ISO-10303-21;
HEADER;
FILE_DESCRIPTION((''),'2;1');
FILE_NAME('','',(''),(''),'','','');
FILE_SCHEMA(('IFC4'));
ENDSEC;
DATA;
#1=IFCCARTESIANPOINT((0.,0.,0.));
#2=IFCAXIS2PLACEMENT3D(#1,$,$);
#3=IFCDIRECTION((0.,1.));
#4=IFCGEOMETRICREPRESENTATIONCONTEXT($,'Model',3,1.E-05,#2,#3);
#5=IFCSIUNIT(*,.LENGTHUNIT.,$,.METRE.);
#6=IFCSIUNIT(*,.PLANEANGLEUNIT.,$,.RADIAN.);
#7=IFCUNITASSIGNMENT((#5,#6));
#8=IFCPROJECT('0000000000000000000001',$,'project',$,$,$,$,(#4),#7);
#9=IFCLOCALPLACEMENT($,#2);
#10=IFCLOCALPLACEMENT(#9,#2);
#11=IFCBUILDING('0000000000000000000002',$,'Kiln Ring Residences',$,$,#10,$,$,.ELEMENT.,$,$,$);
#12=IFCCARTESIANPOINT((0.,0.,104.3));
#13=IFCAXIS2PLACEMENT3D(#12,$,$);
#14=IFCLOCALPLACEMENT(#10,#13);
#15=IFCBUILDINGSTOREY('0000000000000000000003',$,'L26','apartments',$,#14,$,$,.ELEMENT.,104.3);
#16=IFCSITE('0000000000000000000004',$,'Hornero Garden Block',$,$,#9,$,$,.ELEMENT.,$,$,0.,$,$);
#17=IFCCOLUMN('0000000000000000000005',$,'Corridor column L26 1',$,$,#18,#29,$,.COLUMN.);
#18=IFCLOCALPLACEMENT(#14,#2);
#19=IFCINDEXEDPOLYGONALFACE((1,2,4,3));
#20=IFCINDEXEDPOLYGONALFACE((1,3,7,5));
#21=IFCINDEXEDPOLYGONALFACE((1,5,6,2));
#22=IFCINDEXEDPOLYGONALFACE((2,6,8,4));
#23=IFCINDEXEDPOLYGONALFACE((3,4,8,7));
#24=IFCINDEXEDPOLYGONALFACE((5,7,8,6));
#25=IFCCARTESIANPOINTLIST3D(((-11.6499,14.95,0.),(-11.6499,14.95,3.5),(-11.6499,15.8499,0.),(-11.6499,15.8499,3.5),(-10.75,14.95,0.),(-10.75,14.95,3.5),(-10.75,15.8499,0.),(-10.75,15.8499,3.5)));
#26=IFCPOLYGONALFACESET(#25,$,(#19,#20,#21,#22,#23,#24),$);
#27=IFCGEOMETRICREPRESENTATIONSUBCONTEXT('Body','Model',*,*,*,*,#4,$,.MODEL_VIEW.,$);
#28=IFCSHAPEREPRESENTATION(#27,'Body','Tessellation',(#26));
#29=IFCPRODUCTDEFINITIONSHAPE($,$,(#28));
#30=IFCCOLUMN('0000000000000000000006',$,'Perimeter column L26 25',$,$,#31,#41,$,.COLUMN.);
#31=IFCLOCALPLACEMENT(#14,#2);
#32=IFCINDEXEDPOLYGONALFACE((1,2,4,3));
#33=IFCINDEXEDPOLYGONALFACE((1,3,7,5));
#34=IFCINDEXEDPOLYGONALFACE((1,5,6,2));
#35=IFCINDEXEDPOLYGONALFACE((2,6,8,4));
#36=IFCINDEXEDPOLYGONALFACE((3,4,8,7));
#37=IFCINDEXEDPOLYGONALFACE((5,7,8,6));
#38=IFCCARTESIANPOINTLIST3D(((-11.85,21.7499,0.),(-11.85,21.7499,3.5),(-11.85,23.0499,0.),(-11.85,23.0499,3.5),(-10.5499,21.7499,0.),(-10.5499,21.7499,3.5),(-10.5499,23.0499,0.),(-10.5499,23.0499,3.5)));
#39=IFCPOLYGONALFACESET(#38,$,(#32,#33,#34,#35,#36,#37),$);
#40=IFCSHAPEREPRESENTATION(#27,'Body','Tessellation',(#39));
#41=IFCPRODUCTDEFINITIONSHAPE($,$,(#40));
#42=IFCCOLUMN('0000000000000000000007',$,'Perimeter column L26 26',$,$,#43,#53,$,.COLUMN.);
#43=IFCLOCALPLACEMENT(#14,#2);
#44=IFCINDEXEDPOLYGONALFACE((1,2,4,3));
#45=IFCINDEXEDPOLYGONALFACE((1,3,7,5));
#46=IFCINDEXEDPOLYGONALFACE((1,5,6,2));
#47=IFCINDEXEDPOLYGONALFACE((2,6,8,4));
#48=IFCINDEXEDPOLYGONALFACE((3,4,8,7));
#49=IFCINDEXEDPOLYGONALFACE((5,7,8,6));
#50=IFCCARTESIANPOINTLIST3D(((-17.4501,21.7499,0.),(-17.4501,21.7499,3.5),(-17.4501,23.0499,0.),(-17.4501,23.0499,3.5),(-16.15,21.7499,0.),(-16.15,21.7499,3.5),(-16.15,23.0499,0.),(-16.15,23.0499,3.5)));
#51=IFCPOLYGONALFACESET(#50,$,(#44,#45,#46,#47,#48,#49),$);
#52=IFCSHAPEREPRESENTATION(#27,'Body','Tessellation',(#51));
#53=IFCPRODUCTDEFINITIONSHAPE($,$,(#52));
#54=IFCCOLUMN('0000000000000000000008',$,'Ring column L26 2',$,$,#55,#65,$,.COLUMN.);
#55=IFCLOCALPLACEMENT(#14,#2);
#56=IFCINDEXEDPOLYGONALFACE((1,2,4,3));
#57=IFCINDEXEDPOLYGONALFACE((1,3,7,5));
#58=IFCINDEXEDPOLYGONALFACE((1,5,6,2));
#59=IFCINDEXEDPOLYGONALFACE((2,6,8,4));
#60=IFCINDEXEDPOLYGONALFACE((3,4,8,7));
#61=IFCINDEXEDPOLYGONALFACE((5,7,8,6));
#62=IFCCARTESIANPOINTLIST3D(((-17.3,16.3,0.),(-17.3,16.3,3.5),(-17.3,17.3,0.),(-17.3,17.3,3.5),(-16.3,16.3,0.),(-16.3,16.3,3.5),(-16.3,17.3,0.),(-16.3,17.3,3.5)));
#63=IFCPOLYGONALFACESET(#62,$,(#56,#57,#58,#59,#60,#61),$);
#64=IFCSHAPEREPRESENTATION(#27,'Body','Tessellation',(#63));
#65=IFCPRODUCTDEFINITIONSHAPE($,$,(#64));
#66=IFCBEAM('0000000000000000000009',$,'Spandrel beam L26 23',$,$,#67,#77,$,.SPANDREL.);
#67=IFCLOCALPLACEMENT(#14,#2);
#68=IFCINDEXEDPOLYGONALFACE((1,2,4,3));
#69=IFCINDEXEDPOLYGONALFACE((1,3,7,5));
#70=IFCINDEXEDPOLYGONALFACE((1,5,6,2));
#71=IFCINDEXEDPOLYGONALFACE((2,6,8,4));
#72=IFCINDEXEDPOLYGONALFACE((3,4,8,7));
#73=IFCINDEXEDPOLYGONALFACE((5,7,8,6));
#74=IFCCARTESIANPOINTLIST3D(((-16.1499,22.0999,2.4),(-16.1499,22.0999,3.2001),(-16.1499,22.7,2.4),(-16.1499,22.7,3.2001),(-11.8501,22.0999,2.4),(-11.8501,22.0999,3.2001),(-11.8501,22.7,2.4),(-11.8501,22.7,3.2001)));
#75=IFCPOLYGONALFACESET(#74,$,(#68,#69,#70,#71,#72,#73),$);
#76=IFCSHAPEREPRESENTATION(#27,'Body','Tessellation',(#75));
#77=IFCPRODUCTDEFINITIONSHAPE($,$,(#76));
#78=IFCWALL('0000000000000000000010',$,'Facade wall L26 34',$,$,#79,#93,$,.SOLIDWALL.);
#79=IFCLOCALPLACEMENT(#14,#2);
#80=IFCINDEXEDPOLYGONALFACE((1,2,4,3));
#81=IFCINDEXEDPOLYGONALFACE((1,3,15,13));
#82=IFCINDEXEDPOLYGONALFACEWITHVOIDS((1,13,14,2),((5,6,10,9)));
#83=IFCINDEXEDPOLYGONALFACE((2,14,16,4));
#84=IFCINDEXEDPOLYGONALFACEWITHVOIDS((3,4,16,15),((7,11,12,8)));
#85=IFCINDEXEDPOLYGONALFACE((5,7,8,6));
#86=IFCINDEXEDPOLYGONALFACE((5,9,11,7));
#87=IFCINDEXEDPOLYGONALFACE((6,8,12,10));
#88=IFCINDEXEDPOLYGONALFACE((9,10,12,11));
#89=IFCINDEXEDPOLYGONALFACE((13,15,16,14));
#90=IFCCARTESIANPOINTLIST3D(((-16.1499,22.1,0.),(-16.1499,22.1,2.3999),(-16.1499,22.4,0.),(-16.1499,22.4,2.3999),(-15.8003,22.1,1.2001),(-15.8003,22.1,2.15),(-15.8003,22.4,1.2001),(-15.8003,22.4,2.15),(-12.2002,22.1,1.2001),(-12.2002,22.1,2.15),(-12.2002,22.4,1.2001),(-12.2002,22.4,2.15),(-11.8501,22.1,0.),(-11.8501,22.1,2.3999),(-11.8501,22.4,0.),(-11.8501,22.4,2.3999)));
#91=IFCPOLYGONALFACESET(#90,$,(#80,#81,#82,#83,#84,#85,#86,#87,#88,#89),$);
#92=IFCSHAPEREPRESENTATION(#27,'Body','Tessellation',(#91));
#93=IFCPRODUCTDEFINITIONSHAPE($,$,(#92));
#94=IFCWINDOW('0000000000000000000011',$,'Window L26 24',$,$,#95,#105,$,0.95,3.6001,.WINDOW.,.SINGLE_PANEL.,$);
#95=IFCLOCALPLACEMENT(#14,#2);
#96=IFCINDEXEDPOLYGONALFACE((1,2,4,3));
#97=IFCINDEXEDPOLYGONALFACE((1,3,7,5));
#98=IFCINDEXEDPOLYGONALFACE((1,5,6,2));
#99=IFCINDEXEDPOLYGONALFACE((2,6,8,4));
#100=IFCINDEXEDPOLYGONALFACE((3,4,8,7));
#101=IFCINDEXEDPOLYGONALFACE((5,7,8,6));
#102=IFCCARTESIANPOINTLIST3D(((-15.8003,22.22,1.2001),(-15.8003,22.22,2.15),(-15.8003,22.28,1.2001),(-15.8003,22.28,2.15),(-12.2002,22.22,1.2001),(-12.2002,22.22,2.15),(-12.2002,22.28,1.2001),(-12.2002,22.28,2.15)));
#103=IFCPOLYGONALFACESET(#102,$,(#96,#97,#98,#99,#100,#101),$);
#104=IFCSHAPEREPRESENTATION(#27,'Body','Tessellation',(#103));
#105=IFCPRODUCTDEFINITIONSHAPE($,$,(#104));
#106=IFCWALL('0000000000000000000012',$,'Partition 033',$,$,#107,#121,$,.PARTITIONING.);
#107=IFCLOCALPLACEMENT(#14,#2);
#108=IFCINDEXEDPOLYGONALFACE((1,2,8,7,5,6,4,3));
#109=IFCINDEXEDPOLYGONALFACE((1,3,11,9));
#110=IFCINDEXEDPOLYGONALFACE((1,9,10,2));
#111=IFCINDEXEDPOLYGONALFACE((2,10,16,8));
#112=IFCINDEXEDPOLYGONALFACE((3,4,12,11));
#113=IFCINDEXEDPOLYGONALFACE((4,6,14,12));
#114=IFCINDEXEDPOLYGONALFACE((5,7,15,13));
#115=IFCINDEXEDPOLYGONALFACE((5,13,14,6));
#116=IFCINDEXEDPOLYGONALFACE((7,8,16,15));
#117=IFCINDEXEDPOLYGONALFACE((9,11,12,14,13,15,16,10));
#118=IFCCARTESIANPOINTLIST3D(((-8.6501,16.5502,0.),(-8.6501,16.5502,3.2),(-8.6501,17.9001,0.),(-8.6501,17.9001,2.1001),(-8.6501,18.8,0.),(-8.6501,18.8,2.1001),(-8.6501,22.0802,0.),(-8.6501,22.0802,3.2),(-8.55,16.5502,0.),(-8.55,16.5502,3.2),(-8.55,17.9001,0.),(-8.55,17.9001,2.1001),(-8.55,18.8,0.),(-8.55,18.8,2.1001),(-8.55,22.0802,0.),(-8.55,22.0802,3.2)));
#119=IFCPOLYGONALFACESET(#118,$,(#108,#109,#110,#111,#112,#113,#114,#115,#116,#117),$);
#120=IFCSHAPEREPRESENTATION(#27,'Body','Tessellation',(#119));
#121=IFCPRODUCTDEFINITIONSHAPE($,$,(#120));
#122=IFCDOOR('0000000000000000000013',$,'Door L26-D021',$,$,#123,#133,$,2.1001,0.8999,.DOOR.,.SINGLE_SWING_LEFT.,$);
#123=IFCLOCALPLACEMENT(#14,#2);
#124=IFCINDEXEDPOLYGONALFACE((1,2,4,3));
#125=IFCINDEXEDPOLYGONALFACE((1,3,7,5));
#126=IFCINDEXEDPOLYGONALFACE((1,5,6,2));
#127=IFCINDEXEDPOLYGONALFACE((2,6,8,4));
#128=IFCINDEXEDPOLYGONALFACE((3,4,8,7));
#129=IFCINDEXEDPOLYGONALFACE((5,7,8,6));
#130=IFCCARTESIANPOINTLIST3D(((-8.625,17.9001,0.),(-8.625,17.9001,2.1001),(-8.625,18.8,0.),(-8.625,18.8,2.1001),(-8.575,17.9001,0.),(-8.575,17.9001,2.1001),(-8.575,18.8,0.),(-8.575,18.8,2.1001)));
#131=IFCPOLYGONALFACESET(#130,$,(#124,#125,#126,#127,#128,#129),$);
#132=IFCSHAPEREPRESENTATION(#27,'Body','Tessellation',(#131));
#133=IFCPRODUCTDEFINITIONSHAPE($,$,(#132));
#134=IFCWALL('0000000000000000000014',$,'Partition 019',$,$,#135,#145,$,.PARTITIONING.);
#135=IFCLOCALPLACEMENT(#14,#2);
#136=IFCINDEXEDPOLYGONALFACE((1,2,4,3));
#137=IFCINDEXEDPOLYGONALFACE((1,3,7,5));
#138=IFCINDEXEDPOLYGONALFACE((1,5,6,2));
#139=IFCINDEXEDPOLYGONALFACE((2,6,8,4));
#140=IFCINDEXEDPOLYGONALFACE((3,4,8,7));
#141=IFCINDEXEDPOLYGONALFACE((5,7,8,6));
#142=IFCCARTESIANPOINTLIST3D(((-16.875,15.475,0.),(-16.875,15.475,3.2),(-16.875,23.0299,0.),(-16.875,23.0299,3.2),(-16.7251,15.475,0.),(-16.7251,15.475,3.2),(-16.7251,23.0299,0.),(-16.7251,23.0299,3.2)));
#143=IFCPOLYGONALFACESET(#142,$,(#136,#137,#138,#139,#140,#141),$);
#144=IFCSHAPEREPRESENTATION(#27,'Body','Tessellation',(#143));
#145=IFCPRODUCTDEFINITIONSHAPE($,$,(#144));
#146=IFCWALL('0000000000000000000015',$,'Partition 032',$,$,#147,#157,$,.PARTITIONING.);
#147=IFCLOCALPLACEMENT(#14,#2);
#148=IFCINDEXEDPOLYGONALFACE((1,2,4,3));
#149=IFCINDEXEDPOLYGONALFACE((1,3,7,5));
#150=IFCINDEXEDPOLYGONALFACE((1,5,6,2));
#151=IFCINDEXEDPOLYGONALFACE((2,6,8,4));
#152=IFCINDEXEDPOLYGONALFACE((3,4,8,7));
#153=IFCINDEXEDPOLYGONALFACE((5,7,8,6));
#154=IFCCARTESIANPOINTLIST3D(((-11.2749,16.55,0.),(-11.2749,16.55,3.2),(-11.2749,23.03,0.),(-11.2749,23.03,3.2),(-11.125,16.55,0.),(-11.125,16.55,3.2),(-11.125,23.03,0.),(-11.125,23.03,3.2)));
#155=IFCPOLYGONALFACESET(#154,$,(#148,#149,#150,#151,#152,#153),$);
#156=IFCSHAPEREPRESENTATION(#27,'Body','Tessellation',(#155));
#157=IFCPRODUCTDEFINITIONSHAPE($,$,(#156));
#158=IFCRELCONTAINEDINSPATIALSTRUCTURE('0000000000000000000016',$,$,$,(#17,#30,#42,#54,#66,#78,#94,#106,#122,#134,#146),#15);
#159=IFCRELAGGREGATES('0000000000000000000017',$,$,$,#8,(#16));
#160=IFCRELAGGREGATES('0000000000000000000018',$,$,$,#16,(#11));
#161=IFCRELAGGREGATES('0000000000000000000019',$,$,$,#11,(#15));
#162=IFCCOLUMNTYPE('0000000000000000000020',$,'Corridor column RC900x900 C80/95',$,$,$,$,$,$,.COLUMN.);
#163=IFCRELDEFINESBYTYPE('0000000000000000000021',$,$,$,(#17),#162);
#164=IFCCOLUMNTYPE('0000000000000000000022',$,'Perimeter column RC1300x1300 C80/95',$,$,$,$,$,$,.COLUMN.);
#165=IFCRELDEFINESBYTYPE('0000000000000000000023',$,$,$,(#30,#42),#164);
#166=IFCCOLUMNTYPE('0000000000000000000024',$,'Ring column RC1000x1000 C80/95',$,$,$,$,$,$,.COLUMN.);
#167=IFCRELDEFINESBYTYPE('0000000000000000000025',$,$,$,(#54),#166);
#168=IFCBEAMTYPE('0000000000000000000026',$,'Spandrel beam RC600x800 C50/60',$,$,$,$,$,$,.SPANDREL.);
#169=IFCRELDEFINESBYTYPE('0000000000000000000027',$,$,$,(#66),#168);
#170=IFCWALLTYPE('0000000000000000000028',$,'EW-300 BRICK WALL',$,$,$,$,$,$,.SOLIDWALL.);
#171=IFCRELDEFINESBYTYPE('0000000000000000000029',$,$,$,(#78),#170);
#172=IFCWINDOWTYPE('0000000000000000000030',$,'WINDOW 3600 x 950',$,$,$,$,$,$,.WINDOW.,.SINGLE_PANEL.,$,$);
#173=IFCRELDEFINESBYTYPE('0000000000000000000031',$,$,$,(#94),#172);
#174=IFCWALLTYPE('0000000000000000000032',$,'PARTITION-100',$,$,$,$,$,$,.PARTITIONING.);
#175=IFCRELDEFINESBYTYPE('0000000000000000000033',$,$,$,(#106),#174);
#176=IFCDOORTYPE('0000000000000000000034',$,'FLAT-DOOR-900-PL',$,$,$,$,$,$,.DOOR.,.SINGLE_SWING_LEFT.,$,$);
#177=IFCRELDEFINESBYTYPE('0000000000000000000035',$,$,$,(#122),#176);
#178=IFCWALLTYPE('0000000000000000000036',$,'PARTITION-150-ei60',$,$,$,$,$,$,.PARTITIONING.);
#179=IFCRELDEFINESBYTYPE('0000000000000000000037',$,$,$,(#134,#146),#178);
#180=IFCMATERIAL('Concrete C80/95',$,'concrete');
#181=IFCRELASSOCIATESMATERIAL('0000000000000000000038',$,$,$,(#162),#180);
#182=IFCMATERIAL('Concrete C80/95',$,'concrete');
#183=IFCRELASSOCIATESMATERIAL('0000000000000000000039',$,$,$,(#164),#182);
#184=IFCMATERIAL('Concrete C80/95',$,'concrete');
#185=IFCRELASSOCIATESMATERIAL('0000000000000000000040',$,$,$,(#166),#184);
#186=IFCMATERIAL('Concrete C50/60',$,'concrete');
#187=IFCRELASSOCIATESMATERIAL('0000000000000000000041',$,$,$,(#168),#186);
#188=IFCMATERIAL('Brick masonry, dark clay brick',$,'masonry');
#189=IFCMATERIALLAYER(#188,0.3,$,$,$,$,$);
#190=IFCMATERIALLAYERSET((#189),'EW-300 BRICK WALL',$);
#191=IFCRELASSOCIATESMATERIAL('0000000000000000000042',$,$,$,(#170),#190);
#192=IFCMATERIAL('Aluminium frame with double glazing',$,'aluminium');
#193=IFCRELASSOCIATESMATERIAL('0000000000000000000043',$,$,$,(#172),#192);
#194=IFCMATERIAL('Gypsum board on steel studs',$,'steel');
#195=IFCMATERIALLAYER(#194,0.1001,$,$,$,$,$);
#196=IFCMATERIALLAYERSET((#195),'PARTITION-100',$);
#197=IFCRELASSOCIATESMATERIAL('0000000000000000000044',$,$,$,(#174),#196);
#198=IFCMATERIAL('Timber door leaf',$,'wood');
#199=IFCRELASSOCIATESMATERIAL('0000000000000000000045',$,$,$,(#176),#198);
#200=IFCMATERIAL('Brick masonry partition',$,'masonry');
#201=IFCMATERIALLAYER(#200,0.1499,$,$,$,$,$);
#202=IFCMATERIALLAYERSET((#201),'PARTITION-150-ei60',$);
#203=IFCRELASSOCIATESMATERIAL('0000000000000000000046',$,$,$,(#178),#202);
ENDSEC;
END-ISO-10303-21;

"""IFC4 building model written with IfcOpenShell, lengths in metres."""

from ifc_helpers import new_model, si_unit, direction, frame, frame_2d, origin, origin_2d, place, context, subcontext, project, spatial, rectangle, extrude, material, layer, layer_set, material_profile, profile_set, type_object, element, fill, save


model = new_model("IFC4")

# Units and contexts
model_context = context("Model", 3, precision=1e-05, world=origin(), true_north=direction((0.0, 1.0)))
body_context = subcontext(model_context, "Body", "Model", "MODEL_VIEW")
ifc_project = project(units=[si_unit("LENGTHUNIT", "METRE"), si_unit("PLANEANGLEUNIT", "RADIAN")], contexts=[model_context])

# Site, building, storey
site_placement = place(None, origin())
site = spatial("IfcSite", under=ifc_project, at=site_placement, Name="Hornero Garden Block", CompositionType="ELEMENT", RefElevation=0.0)
building_placement = place(site_placement, origin())
building = spatial("IfcBuilding", under=site, at=building_placement, Name="Kiln Ring Residences", CompositionType="ELEMENT")
storey_placement = place(building_placement, frame((0.0, 0.0, 104.3)))
storey = spatial("IfcBuildingStorey", under=building, at=storey_placement, Name="L26", Description="apartments", CompositionType="ELEMENT", Elevation=104.3)

# Columns
ifc_material_1 = material(Name="Concrete C80/95", Category="concrete")
ifc_material_profile_1 = material_profile(ifc_material_1, rectangle(XDim=0.8999, YDim=0.8999, at=origin_2d()), Name="RC900x900")
ifc_profile_set_1 = profile_set([ifc_material_profile_1], Name="Concrete C80/95")
column_type_1 = type_object("IfcColumnType", Name="Corridor column RC900x900 C80/95", PredefinedType="COLUMN", material=ifc_profile_set_1)
column_1_placement = place(storey_placement, frame((-11.2, 15.3999, 0.0), z_axis=(0.0, 0.0, 1.0), x_axis=(1.0, 0.0, 0.0)))
element("IfcColumn", 1, at=column_1_placement, inside=storey, type_object=column_type_1, Name="Corridor column L26 1", PredefinedType="COLUMN", context=body_context, shape_type="SweptSolid", body=[
    extrude(rectangle(XDim=0.8999, YDim=0.8999, at=origin_2d()), origin(), (0.0, 0.0, 1.0), 3.5),
])
ifc_material_2 = material(Name="Concrete C80/95", Category="concrete")
ifc_material_profile_2 = material_profile(ifc_material_2, rectangle(XDim=1.3, YDim=1.3, at=origin_2d()), Name="RC1300x1300")
ifc_profile_set_2 = profile_set([ifc_material_profile_2], Name="Concrete C80/95")
column_type_2 = type_object("IfcColumnType", Name="Perimeter column RC1300x1300 C80/95", PredefinedType="COLUMN", material=ifc_profile_set_2)
for number, where, z_axis, x_axis, name in (
    (2, (-11.2, 22.3999, 0.0), (0.0, 0.0, 1.0), (1.0, 0.0, 0.0), "Perimeter column L26 25"),
    (3, (-16.8, 22.3999, 0.0), (0.0, 0.0, 1.0), (1.0, 0.0, 0.0), "Perimeter column L26 26"),
):
    element("IfcColumn", number, at=place(storey_placement, frame(where, z_axis=z_axis, x_axis=x_axis)), inside=storey, type_object=column_type_2, Name=name, PredefinedType="COLUMN", context=body_context, shape_type="SweptSolid", body=[
        extrude(rectangle(XDim=1.3, YDim=1.3, at=origin_2d()), origin(), (0.0, 0.0, 1.0), 3.5),
    ])
ifc_material_3 = material(Name="Concrete C80/95", Category="concrete")
ifc_material_profile_3 = material_profile(ifc_material_3, rectangle(XDim=1.0, YDim=1.0, at=origin_2d()), Name="RC1000x1000")
ifc_profile_set_3 = profile_set([ifc_material_profile_3], Name="Concrete C80/95")
column_type_3 = type_object("IfcColumnType", Name="Ring column RC1000x1000 C80/95", PredefinedType="COLUMN", material=ifc_profile_set_3)
column_2_placement = place(storey_placement, frame((-16.8, 16.8, 0.0), z_axis=(0.0, 0.0, 1.0), x_axis=(1.0, 0.0, 0.0)))
element("IfcColumn", 4, at=column_2_placement, inside=storey, type_object=column_type_3, Name="Ring column L26 2", PredefinedType="COLUMN", context=body_context, shape_type="SweptSolid", body=[
    extrude(rectangle(XDim=1.0, YDim=1.0, at=origin_2d()), origin(), (0.0, 0.0, 1.0), 3.5),
])

# Beam
ifc_material_4 = material(Name="Concrete C50/60", Category="concrete")
ifc_material_profile_4 = material_profile(ifc_material_4, rectangle(XDim=0.6001, YDim=0.8, at=origin_2d()), Name="RC600x800")
ifc_profile_set_4 = profile_set([ifc_material_profile_4], Name="Concrete C50/60")
beam_type = type_object("IfcBeamType", Name="Spandrel beam RC600x800 C50/60", PredefinedType="SPANDREL", material=ifc_profile_set_4)
beam_placement = place(storey_placement, frame((-11.8501, 22.3999, 2.8), z_axis=(-1.0, 0.0, 0.0), x_axis=(0.0, -1.0, 0.0)))
element("IfcBeam", 5, at=beam_placement, inside=storey, type_object=beam_type, Name="Spandrel beam L26 23", PredefinedType="SPANDREL", context=body_context, shape_type="SweptSolid", body=[
    extrude(rectangle(XDim=0.6001, YDim=0.8, at=origin_2d()), origin(), (0.0, 0.0, 1.0), 4.2998),
])

# Wall, opening, window
ifc_material_5 = material(Name="Brick masonry, dark clay brick", Category="masonry")
ifc_layer_1 = layer(ifc_material_5, 0.3)
ifc_layer_set_1 = layer_set([ifc_layer_1], Name="EW-300 BRICK WALL")
wall_type_1 = type_object("IfcWallType", Name="EW-300 BRICK WALL", PredefinedType="SOLIDWALL", material=ifc_layer_set_1)
wall_1_placement = place(storey_placement, frame((-11.8501, 22.25, 0.0), z_axis=(0.0, 0.0, 1.0), x_axis=(-1.0, 0.0, 0.0)))
wall_1 = element("IfcWall", 6, at=wall_1_placement, inside=storey, type_object=wall_type_1, Name="Facade wall L26 34", PredefinedType="SOLIDWALL", context=body_context, shape_type="SweptSolid", body=[
    extrude(rectangle(XDim=4.2998, YDim=0.3, at=frame_2d((2.1499, 0.0))), origin(), (0.0, 0.0, 1.0), 2.3999),
])
opening_1_placement = place(wall_1_placement, frame((0.3501, 0.0, 1.2)))
opening_1 = element("IfcOpeningElement", 7, at=opening_1_placement, cuts=wall_1, PredefinedType="OPENING", context=body_context, shape_type="SweptSolid", body=[
    extrude(rectangle(XDim=3.6001, YDim=0.95, at=frame_2d((1.8, 0.4751))), frame((0.0, 0.1599, 0.0), z_axis=(0.0, -1.0, 0.0), x_axis=(1.0, 0.0, 0.0)), (0.0, 0.0, 1.0), 0.3201),
])
ifc_material_6 = material(Name="Aluminium frame with double glazing", Category="aluminium")
window_type = type_object("IfcWindowType", Name="WINDOW 3600 x 950", PartitioningType="SINGLE_PANEL", PredefinedType="WINDOW", material=ifc_material_6)
window_placement = place(opening_1_placement, origin())
window = element("IfcWindow", 8, at=window_placement, inside=storey, type_object=window_type, Name="Window L26 24", OverallHeight=0.95, OverallWidth=3.6001, PartitioningType="SINGLE_PANEL", PredefinedType="WINDOW", context=body_context, shape_type="SweptSolid", body=[
    extrude(rectangle(XDim=3.6001, YDim=0.95, at=frame_2d((1.8, 0.4751))), frame((0.0, 0.03, 0.0), z_axis=(0.0, -1.0, 0.0), x_axis=(1.0, 0.0, 0.0)), (0.0, 0.0, 1.0), 0.0601),
])
fill(opening_1, window)

# Shared definitions
ifc_material_7 = material(Name="Gypsum board on steel studs", Category="steel")
ifc_layer_2 = layer(ifc_material_7, 0.1001)
ifc_layer_set_2 = layer_set([ifc_layer_2], Name="PARTITION-100")
wall_type_2 = type_object("IfcWallType", Name="PARTITION-100", PredefinedType="PARTITIONING", material=ifc_layer_set_2)
ifc_material_8 = material(Name="Timber door leaf", Category="wood")
door_type_1 = type_object("IfcDoorType", Name="FLAT-DOOR-900-PL", OperationType="SINGLE_SWING_LEFT", PredefinedType="DOOR", material=ifc_material_8)

# Wall, opening, door
wall_2_placement = place(storey_placement, frame((-8.6001, 16.55, 0.0), z_axis=(0.0, 0.0, 1.0), x_axis=(0.0, 1.0, 0.0)))
wall_2 = element("IfcWall", 9, at=wall_2_placement, inside=storey, type_object=wall_type_2, Name="Partition 033", PredefinedType="PARTITIONING", context=body_context, shape_type="SweptSolid", body=[
    extrude(rectangle(XDim=5.53, YDim=0.1001, at=frame_2d((2.7651, 0.0))), origin(), (0.0, 0.0, 1.0), 3.2),
])
opening_2_placement = place(wall_2_placement, frame((1.3501, 0.0, 0.0)))
opening_2 = element("IfcOpeningElement", 10, at=opening_2_placement, cuts=wall_2, PredefinedType="OPENING", context=body_context, shape_type="SweptSolid", body=[
    extrude(rectangle(XDim=0.8999, YDim=2.1001, at=frame_2d((0.45, 1.05))), frame((0.0, 0.0601, 0.0), z_axis=(0.0, -1.0, 0.0), x_axis=(1.0, 0.0, 0.0)), (0.0, 0.0, 1.0), 0.1201),
])
door_1_placement = place(opening_2_placement, origin())
door_1 = element("IfcDoor", 11, at=door_1_placement, inside=storey, type_object=door_type_1, Name="Door L26-D021", OperationType="SINGLE_SWING_LEFT", OverallHeight=2.1001, OverallWidth=0.8999, PredefinedType="DOOR", context=body_context, shape_type="SweptSolid", body=[
    extrude(rectangle(XDim=0.8999, YDim=2.1001, at=frame_2d((0.45, 1.05))), frame((0.0, 0.0249, 0.0), z_axis=(0.0, -1.0, 0.0), x_axis=(1.0, 0.0, 0.0)), (0.0, 0.0, 1.0), 0.05),
])
fill(opening_2, door_1)

# Walls
ifc_material_9 = material(Name="Brick masonry partition", Category="masonry")
ifc_layer_3 = layer(ifc_material_9, 0.1499)
ifc_layer_set_3 = layer_set([ifc_layer_3], Name="PARTITION-150-ei60")
wall_type_3 = type_object("IfcWallType", Name="PARTITION-150-ei60", PredefinedType="PARTITIONING", material=ifc_layer_set_3)
wall_3_placement = place(storey_placement, frame((-16.8, 15.4751, 0.0), z_axis=(0.0, 0.0, 1.0), x_axis=(0.0, 1.0, 0.0)))
element("IfcWall", 12, at=wall_3_placement, inside=storey, type_object=wall_type_3, Name="Partition 019", PredefinedType="PARTITIONING", context=body_context, shape_type="SweptSolid", body=[
    extrude(rectangle(XDim=7.5549, YDim=0.1499, at=frame_2d((3.7773, 0.0))), origin(), (0.0, 0.0, 1.0), 3.2),
])
wall_4_placement = place(storey_placement, frame((-11.2, 16.55, 0.0), z_axis=(0.0, 0.0, 1.0), x_axis=(0.0, 1.0, 0.0)))
element("IfcWall", 13, at=wall_4_placement, inside=storey, type_object=wall_type_3, Name="Partition 032", PredefinedType="PARTITIONING", context=body_context, shape_type="SweptSolid", body=[
    extrude(rectangle(XDim=6.48, YDim=0.1499, at=frame_2d((3.24, 0.0))), origin(), (0.0, 0.0, 1.0), 3.2),
])

save(model, "model.ifc")
